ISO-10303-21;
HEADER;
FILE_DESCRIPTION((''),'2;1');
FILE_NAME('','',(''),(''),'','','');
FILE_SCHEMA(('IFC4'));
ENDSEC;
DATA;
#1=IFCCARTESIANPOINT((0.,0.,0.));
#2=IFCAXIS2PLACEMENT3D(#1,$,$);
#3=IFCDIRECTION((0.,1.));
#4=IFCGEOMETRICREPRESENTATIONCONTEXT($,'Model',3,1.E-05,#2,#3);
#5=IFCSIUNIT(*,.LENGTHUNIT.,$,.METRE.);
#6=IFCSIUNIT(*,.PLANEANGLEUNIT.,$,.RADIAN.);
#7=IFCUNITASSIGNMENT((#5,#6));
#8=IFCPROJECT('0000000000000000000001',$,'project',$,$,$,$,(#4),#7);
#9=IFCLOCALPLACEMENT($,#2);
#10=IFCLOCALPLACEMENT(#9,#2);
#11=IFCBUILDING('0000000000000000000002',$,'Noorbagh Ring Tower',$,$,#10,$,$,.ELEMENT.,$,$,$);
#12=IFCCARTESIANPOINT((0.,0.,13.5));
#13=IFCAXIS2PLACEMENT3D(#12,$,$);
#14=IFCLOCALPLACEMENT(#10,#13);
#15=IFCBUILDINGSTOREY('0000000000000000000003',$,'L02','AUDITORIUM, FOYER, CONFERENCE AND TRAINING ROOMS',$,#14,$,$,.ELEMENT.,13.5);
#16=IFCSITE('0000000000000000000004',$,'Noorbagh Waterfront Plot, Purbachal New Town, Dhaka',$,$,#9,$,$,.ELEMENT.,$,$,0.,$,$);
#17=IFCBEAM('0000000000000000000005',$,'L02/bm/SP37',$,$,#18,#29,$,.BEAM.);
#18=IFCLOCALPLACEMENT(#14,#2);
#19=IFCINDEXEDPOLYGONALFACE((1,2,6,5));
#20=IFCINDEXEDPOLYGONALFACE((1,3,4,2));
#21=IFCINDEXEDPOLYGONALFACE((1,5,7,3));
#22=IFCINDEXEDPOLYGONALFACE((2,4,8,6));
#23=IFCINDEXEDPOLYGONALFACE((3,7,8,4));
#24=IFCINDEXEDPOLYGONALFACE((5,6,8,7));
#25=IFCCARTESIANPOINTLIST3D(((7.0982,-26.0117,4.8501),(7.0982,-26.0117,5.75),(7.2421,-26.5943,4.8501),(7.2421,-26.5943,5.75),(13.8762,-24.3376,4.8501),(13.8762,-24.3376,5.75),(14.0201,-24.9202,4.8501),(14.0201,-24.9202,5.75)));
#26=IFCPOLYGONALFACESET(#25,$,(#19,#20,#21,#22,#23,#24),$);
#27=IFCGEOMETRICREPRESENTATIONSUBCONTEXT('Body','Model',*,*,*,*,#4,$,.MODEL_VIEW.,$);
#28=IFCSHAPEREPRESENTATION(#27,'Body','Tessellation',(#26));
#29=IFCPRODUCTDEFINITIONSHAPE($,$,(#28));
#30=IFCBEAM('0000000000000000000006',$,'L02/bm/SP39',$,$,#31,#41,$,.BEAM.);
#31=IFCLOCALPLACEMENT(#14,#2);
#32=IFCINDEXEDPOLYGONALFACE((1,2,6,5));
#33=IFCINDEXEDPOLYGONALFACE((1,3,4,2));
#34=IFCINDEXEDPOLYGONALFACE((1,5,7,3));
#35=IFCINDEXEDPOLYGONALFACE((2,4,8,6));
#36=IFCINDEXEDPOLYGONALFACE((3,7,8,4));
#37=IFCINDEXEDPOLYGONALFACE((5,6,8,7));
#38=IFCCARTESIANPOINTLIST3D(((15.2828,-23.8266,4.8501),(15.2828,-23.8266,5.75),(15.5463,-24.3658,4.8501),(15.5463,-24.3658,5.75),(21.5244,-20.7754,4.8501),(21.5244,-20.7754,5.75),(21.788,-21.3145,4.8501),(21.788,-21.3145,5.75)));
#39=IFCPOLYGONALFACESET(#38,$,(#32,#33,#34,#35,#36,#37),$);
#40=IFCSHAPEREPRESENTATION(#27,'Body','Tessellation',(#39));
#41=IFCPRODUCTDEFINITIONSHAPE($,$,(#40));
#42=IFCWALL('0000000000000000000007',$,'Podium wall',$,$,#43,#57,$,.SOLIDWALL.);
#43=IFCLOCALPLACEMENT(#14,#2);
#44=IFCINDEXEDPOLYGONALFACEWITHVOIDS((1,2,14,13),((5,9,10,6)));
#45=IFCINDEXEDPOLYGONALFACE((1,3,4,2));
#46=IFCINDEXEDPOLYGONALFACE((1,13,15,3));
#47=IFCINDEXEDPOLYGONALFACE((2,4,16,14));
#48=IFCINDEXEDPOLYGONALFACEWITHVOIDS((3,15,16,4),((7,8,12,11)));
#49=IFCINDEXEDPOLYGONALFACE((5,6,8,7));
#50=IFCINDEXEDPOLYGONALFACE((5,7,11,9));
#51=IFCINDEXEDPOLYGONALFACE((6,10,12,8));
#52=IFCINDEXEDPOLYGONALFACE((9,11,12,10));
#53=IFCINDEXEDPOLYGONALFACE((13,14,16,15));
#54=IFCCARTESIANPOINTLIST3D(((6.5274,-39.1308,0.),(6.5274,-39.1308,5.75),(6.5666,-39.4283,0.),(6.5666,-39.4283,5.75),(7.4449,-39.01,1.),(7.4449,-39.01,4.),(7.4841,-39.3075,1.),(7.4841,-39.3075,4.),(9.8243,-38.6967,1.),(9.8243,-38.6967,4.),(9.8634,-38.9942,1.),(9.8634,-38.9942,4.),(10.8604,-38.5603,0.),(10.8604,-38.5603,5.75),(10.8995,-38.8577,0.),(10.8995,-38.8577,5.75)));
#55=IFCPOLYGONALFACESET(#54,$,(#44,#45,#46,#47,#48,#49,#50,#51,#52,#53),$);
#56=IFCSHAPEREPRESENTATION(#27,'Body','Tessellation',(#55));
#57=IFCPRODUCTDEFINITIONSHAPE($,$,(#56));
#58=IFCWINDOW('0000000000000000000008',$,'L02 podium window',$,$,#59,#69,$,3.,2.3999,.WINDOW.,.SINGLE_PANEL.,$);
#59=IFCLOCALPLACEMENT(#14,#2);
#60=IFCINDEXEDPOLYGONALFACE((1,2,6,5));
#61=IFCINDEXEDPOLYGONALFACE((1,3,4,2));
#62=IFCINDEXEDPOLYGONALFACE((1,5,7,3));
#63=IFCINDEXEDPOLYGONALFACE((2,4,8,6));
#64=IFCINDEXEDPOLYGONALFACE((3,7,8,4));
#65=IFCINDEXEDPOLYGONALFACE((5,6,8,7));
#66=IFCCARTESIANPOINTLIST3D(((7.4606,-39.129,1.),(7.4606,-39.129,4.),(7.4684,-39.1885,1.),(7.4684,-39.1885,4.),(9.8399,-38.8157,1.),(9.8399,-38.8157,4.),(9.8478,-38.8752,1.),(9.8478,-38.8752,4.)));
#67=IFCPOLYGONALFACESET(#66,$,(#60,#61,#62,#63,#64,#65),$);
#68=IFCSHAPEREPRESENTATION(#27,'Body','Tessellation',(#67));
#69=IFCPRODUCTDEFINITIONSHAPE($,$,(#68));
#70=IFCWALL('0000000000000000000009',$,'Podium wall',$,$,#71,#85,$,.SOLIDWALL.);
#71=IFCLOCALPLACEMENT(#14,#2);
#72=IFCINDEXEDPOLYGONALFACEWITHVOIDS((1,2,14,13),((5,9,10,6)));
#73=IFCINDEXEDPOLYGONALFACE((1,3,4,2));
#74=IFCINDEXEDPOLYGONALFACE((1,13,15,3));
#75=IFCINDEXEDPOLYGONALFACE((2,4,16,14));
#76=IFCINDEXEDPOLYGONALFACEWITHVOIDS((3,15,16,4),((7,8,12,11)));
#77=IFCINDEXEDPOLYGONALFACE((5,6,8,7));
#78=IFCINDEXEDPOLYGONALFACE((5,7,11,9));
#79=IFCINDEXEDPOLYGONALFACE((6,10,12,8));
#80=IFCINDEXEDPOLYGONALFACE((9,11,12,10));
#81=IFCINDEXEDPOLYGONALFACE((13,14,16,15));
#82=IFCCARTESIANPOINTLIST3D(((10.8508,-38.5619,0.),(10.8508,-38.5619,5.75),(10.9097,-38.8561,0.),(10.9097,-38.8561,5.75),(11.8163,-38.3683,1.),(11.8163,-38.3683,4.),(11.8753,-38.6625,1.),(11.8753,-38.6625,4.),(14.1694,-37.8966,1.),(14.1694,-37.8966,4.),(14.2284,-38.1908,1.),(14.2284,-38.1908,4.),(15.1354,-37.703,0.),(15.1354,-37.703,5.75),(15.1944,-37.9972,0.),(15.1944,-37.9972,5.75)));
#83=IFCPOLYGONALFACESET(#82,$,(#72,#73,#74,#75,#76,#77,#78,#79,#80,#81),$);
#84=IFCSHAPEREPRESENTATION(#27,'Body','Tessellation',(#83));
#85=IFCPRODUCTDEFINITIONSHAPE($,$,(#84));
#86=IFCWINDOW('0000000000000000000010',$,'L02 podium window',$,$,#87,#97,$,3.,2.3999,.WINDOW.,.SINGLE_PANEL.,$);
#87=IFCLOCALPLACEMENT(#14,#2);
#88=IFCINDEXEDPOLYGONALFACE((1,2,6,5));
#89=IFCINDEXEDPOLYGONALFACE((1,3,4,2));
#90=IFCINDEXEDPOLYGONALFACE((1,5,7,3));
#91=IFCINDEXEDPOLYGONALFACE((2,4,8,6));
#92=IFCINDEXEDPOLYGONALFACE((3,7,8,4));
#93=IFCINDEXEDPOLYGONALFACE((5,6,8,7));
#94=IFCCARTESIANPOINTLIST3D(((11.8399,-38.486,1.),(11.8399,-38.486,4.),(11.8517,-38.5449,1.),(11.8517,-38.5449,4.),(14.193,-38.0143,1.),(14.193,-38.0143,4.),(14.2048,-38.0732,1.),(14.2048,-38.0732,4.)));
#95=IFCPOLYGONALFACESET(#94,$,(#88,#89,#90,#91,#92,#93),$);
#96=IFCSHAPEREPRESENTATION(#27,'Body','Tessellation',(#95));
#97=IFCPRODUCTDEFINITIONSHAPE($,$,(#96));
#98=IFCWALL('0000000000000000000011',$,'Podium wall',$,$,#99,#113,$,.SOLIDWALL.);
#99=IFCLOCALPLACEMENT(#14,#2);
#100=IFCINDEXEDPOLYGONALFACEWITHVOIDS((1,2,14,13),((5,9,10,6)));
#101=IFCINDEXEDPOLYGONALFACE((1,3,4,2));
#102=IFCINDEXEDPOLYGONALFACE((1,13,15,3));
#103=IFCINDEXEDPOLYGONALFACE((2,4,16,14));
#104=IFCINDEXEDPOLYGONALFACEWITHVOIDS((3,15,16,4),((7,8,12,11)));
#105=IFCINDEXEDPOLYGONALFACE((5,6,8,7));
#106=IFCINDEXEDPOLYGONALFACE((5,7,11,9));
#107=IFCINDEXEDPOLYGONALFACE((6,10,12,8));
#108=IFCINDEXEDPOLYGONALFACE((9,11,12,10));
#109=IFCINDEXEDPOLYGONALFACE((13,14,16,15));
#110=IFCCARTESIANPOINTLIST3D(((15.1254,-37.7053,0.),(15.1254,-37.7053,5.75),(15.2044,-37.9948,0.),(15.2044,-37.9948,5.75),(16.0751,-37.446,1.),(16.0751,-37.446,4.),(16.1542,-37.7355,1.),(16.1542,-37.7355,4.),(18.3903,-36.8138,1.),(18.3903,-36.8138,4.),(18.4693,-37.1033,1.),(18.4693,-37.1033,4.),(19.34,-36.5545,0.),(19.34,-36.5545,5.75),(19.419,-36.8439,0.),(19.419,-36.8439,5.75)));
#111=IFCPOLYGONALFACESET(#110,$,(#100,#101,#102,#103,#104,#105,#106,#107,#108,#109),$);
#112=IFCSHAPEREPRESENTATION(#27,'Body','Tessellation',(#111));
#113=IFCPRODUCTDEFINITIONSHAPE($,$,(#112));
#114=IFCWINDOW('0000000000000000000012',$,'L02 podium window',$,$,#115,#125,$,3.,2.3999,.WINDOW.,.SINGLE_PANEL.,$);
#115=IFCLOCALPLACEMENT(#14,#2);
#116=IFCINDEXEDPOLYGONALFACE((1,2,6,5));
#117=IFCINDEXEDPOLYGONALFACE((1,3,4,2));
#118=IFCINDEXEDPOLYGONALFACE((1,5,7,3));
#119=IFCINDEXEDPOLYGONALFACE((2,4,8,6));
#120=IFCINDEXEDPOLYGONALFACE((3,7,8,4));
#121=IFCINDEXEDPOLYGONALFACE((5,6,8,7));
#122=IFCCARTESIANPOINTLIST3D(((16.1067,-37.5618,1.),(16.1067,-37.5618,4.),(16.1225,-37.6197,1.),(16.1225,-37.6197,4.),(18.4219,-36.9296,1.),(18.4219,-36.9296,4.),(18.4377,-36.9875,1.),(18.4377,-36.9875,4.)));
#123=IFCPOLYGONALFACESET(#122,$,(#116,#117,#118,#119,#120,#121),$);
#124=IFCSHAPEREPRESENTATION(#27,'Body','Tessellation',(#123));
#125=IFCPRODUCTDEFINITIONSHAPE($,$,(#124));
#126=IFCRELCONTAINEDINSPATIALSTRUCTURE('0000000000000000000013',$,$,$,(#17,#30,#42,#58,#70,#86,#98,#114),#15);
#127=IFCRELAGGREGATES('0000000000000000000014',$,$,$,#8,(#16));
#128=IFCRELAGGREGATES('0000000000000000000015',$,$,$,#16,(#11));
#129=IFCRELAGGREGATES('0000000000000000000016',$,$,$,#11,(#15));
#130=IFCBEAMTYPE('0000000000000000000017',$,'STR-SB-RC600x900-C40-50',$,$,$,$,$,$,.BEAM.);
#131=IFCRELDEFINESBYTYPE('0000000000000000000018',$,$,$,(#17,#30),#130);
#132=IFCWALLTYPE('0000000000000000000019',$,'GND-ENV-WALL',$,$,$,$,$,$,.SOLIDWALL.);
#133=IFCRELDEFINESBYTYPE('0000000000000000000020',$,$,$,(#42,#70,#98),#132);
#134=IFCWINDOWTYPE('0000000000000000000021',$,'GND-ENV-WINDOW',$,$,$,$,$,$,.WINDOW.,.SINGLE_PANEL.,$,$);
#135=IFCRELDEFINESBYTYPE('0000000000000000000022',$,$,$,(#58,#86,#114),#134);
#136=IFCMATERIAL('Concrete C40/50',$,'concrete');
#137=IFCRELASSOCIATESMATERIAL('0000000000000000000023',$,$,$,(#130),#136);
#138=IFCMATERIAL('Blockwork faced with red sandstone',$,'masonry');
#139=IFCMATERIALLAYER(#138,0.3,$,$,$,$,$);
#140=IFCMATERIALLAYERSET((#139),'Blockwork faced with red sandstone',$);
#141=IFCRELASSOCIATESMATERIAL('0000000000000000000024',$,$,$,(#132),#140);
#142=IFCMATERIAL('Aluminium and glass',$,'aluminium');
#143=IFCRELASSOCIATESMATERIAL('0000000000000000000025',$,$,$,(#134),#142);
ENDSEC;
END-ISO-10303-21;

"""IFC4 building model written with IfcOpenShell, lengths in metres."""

from ifc_helpers import new_model, si_unit, direction, frame, frame_2d, origin, origin_2d, place, context, subcontext, project, spatial, rectangle, extrude, material, layer, layer_set, material_profile, profile_set, type_object, element, fill, save


model = new_model("IFC4")

# Units and contexts
model_context = context("Model", 3, precision=1e-05, world=origin(), true_north=direction((0.0, 1.0)))
body_context = subcontext(model_context, "Body", "Model", "MODEL_VIEW")
ifc_project = project(units=[si_unit("LENGTHUNIT", "METRE"), si_unit("PLANEANGLEUNIT", "RADIAN")], contexts=[model_context])

# Site, building, storey
site_placement = place(None, origin())
site = spatial("IfcSite", under=ifc_project, at=site_placement, Name="Noorbagh Waterfront Plot, Purbachal New Town, Dhaka", CompositionType="ELEMENT", RefElevation=0.0)
building_placement = place(site_placement, origin())
building = spatial("IfcBuilding", under=site, at=building_placement, Name="Noorbagh Ring Tower", CompositionType="ELEMENT")
storey_placement = place(building_placement, frame((0.0, 0.0, 13.5)))
storey = spatial("IfcBuildingStorey", under=building, at=storey_placement, Name="L02", Description="AUDITORIUM, FOYER, CONFERENCE AND TRAINING ROOMS", CompositionType="ELEMENT", Elevation=13.5)

# Beams
ifc_material_1 = material(Name="Concrete C40/50", Category="concrete")
ifc_material_profile_1 = material_profile(ifc_material_1, rectangle(XDim=0.6001, YDim=0.8999, at=origin_2d()), Name="RC600x900")
ifc_profile_set_1 = profile_set([ifc_material_profile_1], Name="Concrete C40/50")
beam_type_1 = type_object("IfcBeamType", Name="STR-SB-RC600x900-C40-50", PredefinedType="BEAM", material=ifc_profile_set_1)
beam_1_placement = place(storey_placement, frame((7.1702, -26.303, 5.3), z_axis=(0.970828, 0.239778, 0.0), x_axis=(-0.239778, 0.970828, 0.0)))
element("IfcBeam", 1, at=beam_1_placement, inside=storey, type_object=beam_type_1, Name="L02/bm/SP37", PredefinedType="BEAM", context=body_context, shape_type="SweptSolid", body=[
    extrude(rectangle(XDim=0.6001, YDim=0.8999, at=origin_2d()), origin(), (0.0, 0.0, 1.0), 6.9817),
])
beam_2_placement = place(storey_placement, frame((15.4146, -24.0962, 5.3), z_axis=(0.898397, 0.439184, 0.0), x_axis=(-0.439184, 0.898397, 0.0)))
element("IfcBeam", 2, at=beam_2_placement, inside=storey, type_object=beam_type_1, Name="L02/bm/SP39", PredefinedType="BEAM", context=body_context, shape_type="SweptSolid", body=[
    extrude(rectangle(XDim=0.6001, YDim=0.8999, at=origin_2d()), origin(), (0.0, 0.0, 1.0), 6.9475),
])

# Walls, openings, windows
ifc_material_2 = material(Name="Blockwork faced with red sandstone", Category="masonry")
ifc_layer_1 = layer(ifc_material_2, 0.3)
ifc_layer_set_1 = layer_set([ifc_layer_1], Name="Blockwork faced with red sandstone")
wall_type = type_object("IfcWallType", Name="GND-ENV-WALL", PredefinedType="SOLIDWALL", material=ifc_layer_set_1)
wall_1_placement = place(storey_placement, frame((6.5471, -39.2795, 0.0), z_axis=(0.0, 0.0, 1.0), x_axis=(0.991442, 0.13055, 0.0)))
wall_1 = element("IfcWall", 3, at=wall_1_placement, inside=storey, type_object=wall_type, Name="Podium wall", PredefinedType="SOLIDWALL", context=body_context, shape_type="SweptSolid", body=[
    extrude(rectangle(XDim=4.3704, YDim=0.3, at=frame_2d((2.1851, 0.0))), origin(), (0.0, 0.0, 1.0), 5.75),
])
opening_1_placement = place(wall_1_placement, frame((0.9253, 0.0, 1.0)))
opening_1 = element("IfcOpeningElement", 4, at=opening_1_placement, cuts=wall_1, PredefinedType="OPENING", context=body_context, shape_type="SweptSolid", body=[
    extrude(rectangle(XDim=2.3999, YDim=3.0, at=frame_2d((1.2, 1.5))), frame((0.0, 0.1602, 0.0), z_axis=(0.0, -1.0, 0.0), x_axis=(1.0, 0.0, 0.0)), (0.0, 0.0, 1.0), 0.3201),
])
ifc_material_3 = material(Name="Aluminium and glass", Category="aluminium")
window_type = type_object("IfcWindowType", Name="GND-ENV-WINDOW", PartitioningType="SINGLE_PANEL", PredefinedType="WINDOW", material=ifc_material_3)
window_1_placement = place(opening_1_placement, origin())
window_1 = element("IfcWindow", 5, at=window_1_placement, inside=storey, type_object=window_type, Name="L02 podium window", OverallHeight=3.0, OverallWidth=2.3999, PartitioningType="SINGLE_PANEL", PredefinedType="WINDOW", context=body_context, shape_type="SweptSolid", body=[
    extrude(rectangle(XDim=2.3999, YDim=3.0, at=frame_2d((1.2, 1.5))), frame((0.0, 0.03, 0.0), z_axis=(0.0, -1.0, 0.0), x_axis=(1.0, 0.0, 0.0)), (0.0, 0.0, 1.0), 0.0601),
])
fill(opening_1, window_1)
wall_2_placement = place(storey_placement, frame((10.8801, -38.709, 0.0), z_axis=(0.0, 0.0, 1.0), x_axis=(0.980495, 0.196546, 0.0)))
wall_2 = element("IfcWall", 6, at=wall_2_placement, inside=storey, type_object=wall_type, Name="Podium wall", PredefinedType="SOLIDWALL", context=body_context, shape_type="SweptSolid", body=[
    extrude(rectangle(XDim=4.3699, YDim=0.3, at=frame_2d((2.1851, 0.0))), origin(), (0.0, 0.0, 1.0), 5.75),
])
opening_2_placement = place(wall_2_placement, frame((0.9849, 0.0, 1.0)))
opening_2 = element("IfcOpeningElement", 7, at=opening_2_placement, cuts=wall_2, PredefinedType="OPENING", context=body_context, shape_type="SweptSolid", body=[
    extrude(rectangle(XDim=2.3999, YDim=3.0, at=frame_2d((1.2, 1.5))), frame((0.0, 0.1602, 0.0), z_axis=(0.0, -1.0, 0.0), x_axis=(1.0, 0.0, 0.0)), (0.0, 0.0, 1.0), 0.3201),
])
window_2_placement = place(opening_2_placement, origin())
window_2 = element("IfcWindow", 8, at=window_2_placement, inside=storey, type_object=window_type, Name="L02 podium window", OverallHeight=3.0, OverallWidth=2.3999, PartitioningType="SINGLE_PANEL", PredefinedType="WINDOW", context=body_context, shape_type="SweptSolid", body=[
    extrude(rectangle(XDim=2.3999, YDim=3.0, at=frame_2d((1.2, 1.5))), frame((0.0, 0.03, 0.0), z_axis=(0.0, -1.0, 0.0), x_axis=(1.0, 0.0, 0.0)), (0.0, 0.0, 1.0), 0.0601),
])
fill(opening_2, window_2)
wall_3_placement = place(storey_placement, frame((15.1648, -37.8501, 0.0), z_axis=(0.0, 0.0, 1.0), x_axis=(0.96468, 0.263425, 0.0)))
wall_3 = element("IfcWall", 9, at=wall_3_placement, inside=storey, type_object=wall_type, Name="Podium wall", PredefinedType="SOLIDWALL", context=body_context, shape_type="SweptSolid", body=[
    extrude(rectangle(XDim=4.3689, YDim=0.3, at=frame_2d((2.1846, 0.0))), origin(), (0.0, 0.0, 1.0), 5.75),
])
opening_3_placement = place(wall_3_placement, frame((0.9846, 0.0, 1.0)))
opening_3 = element("IfcOpeningElement", 10, at=opening_3_placement, cuts=wall_3, PredefinedType="OPENING", context=body_context, shape_type="SweptSolid", body=[
    extrude(rectangle(XDim=2.3999, YDim=3.0, at=frame_2d((1.2, 1.5))), frame((0.0, 0.1602, 0.0), z_axis=(0.0, -1.0, 0.0), x_axis=(1.0, 0.0, 0.0)), (0.0, 0.0, 1.0), 0.3201),
])
window_3_placement = place(opening_3_placement, origin())
window_3 = element("IfcWindow", 11, at=window_3_placement, inside=storey, type_object=window_type, Name="L02 podium window", OverallHeight=3.0, OverallWidth=2.3999, PartitioningType="SINGLE_PANEL", PredefinedType="WINDOW", context=body_context, shape_type="SweptSolid", body=[
    extrude(rectangle(XDim=2.3999, YDim=3.0, at=frame_2d((1.2, 1.5))), frame((0.0, 0.03, 0.0), z_axis=(0.0, -1.0, 0.0), x_axis=(1.0, 0.0, 0.0)), (0.0, 0.0, 1.0), 0.0601),
])
fill(opening_3, window_3)

save(model, "model.ifc")
